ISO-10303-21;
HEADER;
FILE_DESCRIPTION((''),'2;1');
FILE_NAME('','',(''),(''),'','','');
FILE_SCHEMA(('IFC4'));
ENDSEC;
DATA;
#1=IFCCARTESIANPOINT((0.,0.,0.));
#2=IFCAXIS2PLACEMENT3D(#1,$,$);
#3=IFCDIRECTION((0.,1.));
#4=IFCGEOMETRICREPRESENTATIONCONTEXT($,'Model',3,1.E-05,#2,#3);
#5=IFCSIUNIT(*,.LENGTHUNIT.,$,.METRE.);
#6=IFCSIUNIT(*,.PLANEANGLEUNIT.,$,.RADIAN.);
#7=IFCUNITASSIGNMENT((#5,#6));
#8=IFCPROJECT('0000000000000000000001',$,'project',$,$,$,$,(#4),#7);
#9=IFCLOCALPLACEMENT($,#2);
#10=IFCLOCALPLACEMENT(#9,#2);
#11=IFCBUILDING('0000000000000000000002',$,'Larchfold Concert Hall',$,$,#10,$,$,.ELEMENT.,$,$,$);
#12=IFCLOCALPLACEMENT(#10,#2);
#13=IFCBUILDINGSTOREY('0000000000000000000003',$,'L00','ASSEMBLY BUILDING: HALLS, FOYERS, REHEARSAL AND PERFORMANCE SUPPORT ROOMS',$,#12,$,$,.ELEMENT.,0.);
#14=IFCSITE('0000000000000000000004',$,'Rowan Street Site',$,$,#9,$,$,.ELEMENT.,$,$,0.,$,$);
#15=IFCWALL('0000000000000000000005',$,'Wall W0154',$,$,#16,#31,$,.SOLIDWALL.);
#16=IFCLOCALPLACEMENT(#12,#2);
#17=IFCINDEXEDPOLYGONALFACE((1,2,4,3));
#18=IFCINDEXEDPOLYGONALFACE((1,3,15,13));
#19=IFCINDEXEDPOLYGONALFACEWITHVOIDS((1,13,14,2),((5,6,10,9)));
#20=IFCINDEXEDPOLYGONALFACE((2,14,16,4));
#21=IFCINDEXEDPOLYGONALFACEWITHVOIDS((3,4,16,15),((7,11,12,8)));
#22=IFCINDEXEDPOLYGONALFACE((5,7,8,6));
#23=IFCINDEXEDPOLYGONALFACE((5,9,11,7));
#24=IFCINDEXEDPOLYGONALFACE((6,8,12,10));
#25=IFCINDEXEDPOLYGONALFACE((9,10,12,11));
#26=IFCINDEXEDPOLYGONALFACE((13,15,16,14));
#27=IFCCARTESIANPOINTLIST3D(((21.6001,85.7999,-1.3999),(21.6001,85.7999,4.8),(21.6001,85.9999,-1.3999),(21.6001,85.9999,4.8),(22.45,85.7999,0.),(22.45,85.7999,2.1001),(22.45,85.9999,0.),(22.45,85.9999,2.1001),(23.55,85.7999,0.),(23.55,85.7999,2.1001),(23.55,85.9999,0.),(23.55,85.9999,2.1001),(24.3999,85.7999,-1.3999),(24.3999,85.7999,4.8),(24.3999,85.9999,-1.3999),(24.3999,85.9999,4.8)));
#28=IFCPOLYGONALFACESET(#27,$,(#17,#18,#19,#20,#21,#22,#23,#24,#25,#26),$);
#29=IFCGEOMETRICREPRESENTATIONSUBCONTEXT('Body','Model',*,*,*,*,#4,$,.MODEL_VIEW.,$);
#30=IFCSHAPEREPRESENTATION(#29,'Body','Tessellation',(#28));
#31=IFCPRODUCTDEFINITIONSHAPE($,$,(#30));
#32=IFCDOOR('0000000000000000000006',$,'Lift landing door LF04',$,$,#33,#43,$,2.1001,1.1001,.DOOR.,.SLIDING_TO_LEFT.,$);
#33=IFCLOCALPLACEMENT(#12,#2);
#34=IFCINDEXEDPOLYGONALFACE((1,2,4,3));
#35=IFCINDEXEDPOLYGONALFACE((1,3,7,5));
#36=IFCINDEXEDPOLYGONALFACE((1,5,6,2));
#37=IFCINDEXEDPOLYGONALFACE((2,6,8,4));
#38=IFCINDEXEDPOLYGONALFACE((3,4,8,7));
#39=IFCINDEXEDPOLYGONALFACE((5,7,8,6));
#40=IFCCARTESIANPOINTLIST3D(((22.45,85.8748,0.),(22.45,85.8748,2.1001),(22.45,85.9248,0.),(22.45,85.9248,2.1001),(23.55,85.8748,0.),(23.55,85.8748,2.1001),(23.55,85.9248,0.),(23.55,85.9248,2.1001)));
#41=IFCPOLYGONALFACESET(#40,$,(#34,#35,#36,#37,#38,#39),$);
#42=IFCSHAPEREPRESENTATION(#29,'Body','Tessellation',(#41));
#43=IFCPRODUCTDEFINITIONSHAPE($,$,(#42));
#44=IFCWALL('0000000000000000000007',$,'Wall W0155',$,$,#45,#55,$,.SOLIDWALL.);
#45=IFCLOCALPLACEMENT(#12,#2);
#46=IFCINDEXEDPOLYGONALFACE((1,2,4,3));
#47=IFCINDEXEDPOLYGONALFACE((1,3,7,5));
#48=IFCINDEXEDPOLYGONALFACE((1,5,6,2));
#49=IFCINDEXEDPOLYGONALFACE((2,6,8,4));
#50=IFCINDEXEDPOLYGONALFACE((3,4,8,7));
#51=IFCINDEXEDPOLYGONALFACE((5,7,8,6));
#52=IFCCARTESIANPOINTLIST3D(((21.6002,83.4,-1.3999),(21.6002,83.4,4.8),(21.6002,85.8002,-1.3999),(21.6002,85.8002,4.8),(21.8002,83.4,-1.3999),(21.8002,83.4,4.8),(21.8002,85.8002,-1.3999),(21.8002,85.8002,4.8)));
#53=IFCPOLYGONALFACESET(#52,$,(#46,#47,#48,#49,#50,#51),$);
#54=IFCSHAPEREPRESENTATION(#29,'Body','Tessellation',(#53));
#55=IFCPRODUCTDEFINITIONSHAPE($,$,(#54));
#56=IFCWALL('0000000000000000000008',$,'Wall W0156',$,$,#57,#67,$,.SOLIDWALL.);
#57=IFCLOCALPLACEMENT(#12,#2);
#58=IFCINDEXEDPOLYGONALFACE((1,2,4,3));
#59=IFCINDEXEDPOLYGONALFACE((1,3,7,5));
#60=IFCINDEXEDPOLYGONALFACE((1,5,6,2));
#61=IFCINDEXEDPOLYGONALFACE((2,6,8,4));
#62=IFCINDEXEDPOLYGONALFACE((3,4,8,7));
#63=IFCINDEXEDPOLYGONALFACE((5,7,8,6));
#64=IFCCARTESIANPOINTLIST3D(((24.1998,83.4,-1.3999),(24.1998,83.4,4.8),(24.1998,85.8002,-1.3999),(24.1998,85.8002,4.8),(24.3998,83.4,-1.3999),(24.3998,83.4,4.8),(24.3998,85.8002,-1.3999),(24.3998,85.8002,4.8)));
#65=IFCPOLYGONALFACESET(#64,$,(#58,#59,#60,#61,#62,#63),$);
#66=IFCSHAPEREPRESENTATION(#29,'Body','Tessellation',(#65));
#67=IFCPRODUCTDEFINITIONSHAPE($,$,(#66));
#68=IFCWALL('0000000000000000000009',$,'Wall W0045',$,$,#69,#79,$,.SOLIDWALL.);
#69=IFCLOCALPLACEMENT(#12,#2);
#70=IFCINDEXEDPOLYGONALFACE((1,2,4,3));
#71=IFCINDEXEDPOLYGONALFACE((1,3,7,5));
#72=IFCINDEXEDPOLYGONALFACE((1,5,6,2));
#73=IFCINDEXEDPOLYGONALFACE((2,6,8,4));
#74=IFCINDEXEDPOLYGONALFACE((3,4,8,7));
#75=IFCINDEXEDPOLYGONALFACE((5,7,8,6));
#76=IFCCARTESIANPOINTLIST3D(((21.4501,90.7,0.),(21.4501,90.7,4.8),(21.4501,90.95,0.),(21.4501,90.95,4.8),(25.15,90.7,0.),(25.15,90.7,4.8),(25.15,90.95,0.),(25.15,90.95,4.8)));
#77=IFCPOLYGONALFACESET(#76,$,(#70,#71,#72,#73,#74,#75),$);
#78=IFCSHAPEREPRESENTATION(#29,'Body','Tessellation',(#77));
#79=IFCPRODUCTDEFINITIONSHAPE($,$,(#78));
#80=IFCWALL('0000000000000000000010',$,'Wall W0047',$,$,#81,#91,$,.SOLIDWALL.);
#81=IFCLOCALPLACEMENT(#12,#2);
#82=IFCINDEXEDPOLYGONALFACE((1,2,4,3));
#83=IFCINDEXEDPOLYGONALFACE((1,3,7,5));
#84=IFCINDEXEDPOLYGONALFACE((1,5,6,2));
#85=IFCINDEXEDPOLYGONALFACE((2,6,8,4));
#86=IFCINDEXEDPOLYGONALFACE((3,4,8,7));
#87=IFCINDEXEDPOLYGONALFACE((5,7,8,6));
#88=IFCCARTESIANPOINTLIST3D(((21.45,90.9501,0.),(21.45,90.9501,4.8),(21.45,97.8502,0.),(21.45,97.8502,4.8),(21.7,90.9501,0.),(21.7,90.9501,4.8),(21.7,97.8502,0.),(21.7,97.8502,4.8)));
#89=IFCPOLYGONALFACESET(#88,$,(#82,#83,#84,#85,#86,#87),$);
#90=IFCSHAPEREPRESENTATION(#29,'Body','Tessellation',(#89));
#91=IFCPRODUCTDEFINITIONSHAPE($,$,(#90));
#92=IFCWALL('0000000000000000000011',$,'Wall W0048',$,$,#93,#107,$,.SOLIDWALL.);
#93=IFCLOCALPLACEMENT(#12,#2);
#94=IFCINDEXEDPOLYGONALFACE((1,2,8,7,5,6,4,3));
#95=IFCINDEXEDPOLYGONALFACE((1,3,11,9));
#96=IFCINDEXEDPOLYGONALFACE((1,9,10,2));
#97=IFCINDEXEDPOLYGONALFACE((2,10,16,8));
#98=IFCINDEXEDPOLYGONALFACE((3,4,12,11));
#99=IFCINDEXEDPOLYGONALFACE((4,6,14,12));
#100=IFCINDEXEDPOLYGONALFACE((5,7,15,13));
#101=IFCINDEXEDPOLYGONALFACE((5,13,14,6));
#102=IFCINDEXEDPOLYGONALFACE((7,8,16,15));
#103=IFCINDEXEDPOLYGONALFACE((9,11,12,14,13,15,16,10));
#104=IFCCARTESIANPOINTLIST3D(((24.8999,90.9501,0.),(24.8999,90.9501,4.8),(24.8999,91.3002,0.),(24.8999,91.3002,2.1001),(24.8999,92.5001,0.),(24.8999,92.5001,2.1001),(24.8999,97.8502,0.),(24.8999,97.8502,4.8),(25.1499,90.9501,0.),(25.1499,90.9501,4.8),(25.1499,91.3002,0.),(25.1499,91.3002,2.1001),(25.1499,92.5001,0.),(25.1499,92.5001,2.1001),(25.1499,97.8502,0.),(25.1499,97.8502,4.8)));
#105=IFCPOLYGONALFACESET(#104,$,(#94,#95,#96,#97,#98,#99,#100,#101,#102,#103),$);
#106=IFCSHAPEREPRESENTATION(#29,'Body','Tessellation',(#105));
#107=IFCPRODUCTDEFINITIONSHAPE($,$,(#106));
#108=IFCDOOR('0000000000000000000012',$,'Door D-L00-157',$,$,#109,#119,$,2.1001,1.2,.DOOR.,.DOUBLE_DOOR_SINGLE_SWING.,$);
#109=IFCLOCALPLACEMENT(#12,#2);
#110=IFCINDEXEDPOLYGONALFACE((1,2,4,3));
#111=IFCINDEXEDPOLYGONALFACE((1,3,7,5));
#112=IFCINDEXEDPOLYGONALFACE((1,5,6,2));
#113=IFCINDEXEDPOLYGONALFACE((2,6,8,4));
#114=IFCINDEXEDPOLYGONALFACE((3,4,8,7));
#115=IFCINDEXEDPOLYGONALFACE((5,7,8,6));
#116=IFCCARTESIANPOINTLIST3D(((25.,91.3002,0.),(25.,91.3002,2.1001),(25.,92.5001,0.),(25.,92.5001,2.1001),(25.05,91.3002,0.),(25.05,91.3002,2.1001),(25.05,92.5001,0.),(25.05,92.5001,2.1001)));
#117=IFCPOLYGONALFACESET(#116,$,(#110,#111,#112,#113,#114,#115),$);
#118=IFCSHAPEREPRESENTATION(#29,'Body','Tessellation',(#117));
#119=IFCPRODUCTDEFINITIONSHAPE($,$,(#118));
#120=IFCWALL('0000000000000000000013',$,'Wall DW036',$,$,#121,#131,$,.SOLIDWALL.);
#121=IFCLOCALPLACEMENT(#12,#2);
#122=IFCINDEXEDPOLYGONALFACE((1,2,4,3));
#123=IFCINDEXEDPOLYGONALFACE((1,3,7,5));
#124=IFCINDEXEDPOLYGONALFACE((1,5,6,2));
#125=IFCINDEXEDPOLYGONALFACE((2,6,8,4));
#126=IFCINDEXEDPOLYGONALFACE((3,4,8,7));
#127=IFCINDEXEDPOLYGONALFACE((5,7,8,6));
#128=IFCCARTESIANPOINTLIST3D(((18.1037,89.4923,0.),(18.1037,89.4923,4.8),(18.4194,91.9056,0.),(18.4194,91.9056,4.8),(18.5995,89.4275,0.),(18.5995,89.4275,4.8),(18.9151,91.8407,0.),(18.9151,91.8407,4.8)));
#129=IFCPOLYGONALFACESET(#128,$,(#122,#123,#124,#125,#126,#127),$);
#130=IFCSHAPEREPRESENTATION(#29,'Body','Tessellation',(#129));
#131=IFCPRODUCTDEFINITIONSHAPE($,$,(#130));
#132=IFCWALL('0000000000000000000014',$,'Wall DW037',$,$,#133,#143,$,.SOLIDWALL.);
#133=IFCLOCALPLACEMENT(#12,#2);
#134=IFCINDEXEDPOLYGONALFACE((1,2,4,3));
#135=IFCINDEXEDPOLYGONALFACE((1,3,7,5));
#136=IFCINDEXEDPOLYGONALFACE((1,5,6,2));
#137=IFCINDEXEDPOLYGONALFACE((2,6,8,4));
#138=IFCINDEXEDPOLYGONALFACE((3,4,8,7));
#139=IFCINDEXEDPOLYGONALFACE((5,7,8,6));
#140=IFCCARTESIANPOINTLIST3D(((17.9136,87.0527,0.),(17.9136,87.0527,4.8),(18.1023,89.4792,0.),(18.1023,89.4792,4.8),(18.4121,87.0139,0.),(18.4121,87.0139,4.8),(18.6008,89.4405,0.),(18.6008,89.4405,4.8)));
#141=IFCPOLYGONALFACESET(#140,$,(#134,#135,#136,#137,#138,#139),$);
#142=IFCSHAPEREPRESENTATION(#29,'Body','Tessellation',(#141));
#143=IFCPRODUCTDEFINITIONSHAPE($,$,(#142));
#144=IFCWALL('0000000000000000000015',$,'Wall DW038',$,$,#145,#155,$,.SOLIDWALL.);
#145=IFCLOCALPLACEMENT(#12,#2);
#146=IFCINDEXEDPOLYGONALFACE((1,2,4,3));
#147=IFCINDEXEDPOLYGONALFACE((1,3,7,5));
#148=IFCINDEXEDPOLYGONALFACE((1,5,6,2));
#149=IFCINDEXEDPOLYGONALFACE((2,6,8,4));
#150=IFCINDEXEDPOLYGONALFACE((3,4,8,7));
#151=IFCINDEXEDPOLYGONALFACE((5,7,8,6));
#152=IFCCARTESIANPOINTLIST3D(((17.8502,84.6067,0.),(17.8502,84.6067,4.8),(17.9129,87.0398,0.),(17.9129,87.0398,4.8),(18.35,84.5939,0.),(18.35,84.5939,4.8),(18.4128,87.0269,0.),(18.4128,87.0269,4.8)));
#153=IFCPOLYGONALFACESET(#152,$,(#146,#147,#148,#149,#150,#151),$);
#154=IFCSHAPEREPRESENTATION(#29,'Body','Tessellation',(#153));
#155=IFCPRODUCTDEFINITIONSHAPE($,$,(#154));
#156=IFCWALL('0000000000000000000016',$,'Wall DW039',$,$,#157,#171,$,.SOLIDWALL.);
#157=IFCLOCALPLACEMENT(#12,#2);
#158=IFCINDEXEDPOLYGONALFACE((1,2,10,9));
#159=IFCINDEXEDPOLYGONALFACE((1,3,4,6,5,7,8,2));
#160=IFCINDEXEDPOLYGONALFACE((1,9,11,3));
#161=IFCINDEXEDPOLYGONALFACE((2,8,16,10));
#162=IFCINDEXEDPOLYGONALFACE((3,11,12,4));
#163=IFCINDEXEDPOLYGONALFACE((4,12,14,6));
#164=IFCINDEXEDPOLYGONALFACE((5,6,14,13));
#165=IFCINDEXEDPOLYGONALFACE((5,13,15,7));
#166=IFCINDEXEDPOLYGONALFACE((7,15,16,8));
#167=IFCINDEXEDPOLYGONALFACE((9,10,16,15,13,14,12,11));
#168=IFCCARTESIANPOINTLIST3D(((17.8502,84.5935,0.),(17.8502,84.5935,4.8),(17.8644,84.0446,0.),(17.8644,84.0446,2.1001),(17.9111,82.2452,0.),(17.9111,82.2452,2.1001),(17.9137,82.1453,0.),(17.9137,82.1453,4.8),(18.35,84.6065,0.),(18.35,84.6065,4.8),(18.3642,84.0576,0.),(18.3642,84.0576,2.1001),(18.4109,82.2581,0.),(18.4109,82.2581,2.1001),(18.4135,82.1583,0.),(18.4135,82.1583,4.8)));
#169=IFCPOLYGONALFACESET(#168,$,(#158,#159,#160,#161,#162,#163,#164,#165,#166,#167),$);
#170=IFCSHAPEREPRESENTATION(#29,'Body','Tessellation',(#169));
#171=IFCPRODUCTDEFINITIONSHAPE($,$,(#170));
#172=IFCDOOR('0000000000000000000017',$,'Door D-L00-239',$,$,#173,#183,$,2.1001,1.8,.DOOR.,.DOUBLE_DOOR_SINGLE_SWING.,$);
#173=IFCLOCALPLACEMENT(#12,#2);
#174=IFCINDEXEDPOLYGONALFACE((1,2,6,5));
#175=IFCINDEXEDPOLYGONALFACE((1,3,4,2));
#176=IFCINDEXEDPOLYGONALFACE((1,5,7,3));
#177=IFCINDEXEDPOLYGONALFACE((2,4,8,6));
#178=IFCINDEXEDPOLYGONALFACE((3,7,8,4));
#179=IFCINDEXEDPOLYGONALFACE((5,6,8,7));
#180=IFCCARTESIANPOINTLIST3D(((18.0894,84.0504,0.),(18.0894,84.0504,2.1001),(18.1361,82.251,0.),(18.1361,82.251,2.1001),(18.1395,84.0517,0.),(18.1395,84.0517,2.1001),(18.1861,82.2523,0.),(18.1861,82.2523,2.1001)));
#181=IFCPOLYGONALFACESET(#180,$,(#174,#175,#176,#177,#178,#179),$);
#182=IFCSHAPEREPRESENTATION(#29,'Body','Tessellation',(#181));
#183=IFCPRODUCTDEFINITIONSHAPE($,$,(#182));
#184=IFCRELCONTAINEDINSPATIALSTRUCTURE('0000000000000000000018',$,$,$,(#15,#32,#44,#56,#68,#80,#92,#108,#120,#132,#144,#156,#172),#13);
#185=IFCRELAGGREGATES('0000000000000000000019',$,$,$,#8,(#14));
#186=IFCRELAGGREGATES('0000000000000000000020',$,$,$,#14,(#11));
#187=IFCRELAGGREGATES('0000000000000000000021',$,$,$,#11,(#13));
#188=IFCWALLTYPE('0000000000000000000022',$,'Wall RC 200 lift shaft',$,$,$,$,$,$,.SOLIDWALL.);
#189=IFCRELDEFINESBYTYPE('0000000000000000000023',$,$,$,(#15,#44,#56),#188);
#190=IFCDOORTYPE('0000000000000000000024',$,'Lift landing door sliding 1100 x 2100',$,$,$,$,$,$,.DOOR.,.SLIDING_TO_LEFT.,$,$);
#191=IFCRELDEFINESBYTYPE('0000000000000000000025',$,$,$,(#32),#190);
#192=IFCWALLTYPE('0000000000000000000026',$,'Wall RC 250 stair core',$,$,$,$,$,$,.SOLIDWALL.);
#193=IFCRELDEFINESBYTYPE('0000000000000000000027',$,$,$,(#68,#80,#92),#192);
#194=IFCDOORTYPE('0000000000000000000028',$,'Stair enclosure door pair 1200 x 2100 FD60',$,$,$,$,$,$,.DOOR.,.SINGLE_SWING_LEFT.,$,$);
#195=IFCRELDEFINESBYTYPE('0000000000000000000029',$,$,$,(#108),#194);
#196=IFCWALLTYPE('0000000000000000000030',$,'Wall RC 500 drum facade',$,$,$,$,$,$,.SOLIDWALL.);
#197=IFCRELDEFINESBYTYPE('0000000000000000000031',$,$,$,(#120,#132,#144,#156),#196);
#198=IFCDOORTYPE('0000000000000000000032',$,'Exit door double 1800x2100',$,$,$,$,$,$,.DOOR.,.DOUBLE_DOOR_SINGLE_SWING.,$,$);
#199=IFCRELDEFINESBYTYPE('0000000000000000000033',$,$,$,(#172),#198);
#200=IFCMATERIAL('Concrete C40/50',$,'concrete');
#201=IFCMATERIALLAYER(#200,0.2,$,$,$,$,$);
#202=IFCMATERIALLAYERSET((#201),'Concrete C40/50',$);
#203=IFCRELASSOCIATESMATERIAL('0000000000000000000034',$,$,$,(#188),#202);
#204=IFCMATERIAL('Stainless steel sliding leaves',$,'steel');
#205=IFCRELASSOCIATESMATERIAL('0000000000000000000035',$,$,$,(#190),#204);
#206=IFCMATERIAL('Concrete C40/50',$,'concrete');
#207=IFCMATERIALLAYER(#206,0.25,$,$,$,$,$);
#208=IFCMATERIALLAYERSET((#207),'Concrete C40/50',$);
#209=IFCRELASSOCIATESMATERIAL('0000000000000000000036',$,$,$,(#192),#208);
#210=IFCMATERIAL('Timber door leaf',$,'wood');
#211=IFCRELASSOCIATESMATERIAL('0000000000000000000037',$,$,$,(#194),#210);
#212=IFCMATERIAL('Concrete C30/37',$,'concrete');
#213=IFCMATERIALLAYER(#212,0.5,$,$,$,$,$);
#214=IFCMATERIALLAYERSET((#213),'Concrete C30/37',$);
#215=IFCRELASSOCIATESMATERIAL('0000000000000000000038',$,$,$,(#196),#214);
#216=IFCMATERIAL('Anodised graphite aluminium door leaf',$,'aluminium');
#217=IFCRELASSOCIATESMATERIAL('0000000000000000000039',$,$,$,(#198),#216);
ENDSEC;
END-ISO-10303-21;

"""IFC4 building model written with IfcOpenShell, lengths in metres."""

from ifc_helpers import new_model, si_unit, direction, frame, frame_2d, origin, place, context, subcontext, project, spatial, rectangle, extrude, material, layer, layer_set, type_object, element, fill, save


model = new_model("IFC4")

# Units and contexts
model_context = context("Model", 3, precision=1e-05, world=origin(), true_north=direction((0.0, 1.0)))
body_context = subcontext(model_context, "Body", "Model", "MODEL_VIEW")
ifc_project = project(units=[si_unit("LENGTHUNIT", "METRE"), si_unit("PLANEANGLEUNIT", "RADIAN")], contexts=[model_context])

# Site, building, storey
site_placement = place(None, origin())
site = spatial("IfcSite", under=ifc_project, at=site_placement, Name="Rowan Street Site", CompositionType="ELEMENT", RefElevation=0.0)
building_placement = place(site_placement, origin())
building = spatial("IfcBuilding", under=site, at=building_placement, Name="Larchfold Concert Hall", CompositionType="ELEMENT")
storey_placement = place(building_placement, origin())
storey = spatial("IfcBuildingStorey", under=building, at=storey_placement, Name="L00", Description="ASSEMBLY BUILDING: HALLS, FOYERS, REHEARSAL AND PERFORMANCE SUPPORT ROOMS", CompositionType="ELEMENT", Elevation=0.0)

# Shared definitions
ifc_material_1 = material(Name="Concrete C40/50", Category="concrete")
ifc_layer_1 = layer(ifc_material_1, 0.2)
ifc_layer_set_1 = layer_set([ifc_layer_1], Name="Concrete C40/50")
wall_type_1 = type_object("IfcWallType", Name="Wall RC 200 lift shaft", PredefinedType="SOLIDWALL", material=ifc_layer_set_1)

# Wall, opening, door
wall_1_placement = place(storey_placement, frame((21.6001, 85.8999, -1.3999), z_axis=(0.0, 0.0, 1.0), x_axis=(1.0, 0.0, 0.0)))
wall_1 = element("IfcWall", 1, at=wall_1_placement, inside=storey, type_object=wall_type_1, Name="Wall W0154", PredefinedType="SOLIDWALL", context=body_context, shape_type="SweptSolid", body=[
    extrude(rectangle(XDim=2.7998, YDim=0.2, at=frame_2d((1.3999, 0.0))), origin(), (0.0, 0.0, 1.0), 6.2),
])
opening_1_placement = place(wall_1_placement, frame((0.8499, 0.0, 1.3999)))
opening_1 = element("IfcOpeningElement", 2, at=opening_1_placement, cuts=wall_1, PredefinedType="OPENING", context=body_context, shape_type="SweptSolid", body=[
    extrude(rectangle(XDim=1.1001, YDim=2.1001, at=frame_2d((0.55, 1.05))), frame((0.0, 0.1099, 0.0), z_axis=(0.0, -1.0, 0.0), x_axis=(1.0, 0.0, 0.0)), (0.0, 0.0, 1.0), 0.22),
])
ifc_material_2 = material(Name="Stainless steel sliding leaves", Category="steel")
door_type_1 = type_object("IfcDoorType", Name="Lift landing door sliding 1100 x 2100", OperationType="SLIDING_TO_LEFT", PredefinedType="DOOR", material=ifc_material_2)
door_1_placement = place(opening_1_placement, origin())
door_1 = element("IfcDoor", 3, at=door_1_placement, inside=storey, type_object=door_type_1, Name="Lift landing door LF04", OperationType="SLIDING_TO_LEFT", OverallHeight=2.1001, OverallWidth=1.1001, PredefinedType="DOOR", context=body_context, shape_type="SweptSolid", body=[
    extrude(rectangle(XDim=1.1001, YDim=2.1001, at=frame_2d((0.55, 1.05))), frame((0.0, 0.0249, 0.0), z_axis=(0.0, -1.0, 0.0), x_axis=(1.0, 0.0, 0.0)), (0.0, 0.0, 1.0), 0.05),
])
fill(opening_1, door_1)

# Walls
for number, where, z_axis, x_axis, name in (
    (4, (21.7002, 83.3999, -1.3999), (0.0, 0.0, 1.0), (0.0, 1.0, 0.0), "Wall W0155"),
    (5, (24.2998, 83.3999, -1.3999), (0.0, 0.0, 1.0), (0.0, 1.0, 0.0), "Wall W0156"),
):
    element("IfcWall", number, at=place(storey_placement, frame(where, z_axis=z_axis, x_axis=x_axis)), inside=storey, type_object=wall_type_1, Name=name, PredefinedType="SOLIDWALL", context=body_context, shape_type="SweptSolid", body=[
        extrude(rectangle(XDim=2.4001, YDim=0.2, at=frame_2d((1.2002, 0.0))), origin(), (0.0, 0.0, 1.0), 6.2),
    ])
ifc_material_3 = material(Name="Concrete C40/50", Category="concrete")
ifc_layer_2 = layer(ifc_material_3, 0.25)
ifc_layer_set_2 = layer_set([ifc_layer_2], Name="Concrete C40/50")
wall_type_2 = type_object("IfcWallType", Name="Wall RC 250 stair core", PredefinedType="SOLIDWALL", material=ifc_layer_set_2)
wall_2_placement = place(storey_placement, frame((21.45, 90.825, 0.0), z_axis=(0.0, 0.0, 1.0), x_axis=(1.0, 0.0, 0.0)))
element("IfcWall", 6, at=wall_2_placement, inside=storey, type_object=wall_type_2, Name="Wall W0045", PredefinedType="SOLIDWALL", context=body_context, shape_type="SweptSolid", body=[
    extrude(rectangle(XDim=3.7, YDim=0.25, at=frame_2d((1.8501, 0.0))), origin(), (0.0, 0.0, 1.0), 4.8),
])
wall_3_placement = place(storey_placement, frame((21.575, 90.95, 0.0), z_axis=(0.0, 0.0, 1.0), x_axis=(0.0, 1.0, 0.0)))
element("IfcWall", 7, at=wall_3_placement, inside=storey, type_object=wall_type_2, Name="Wall W0047", PredefinedType="SOLIDWALL", context=body_context, shape_type="SweptSolid", body=[
    extrude(rectangle(XDim=6.9001, YDim=0.25, at=frame_2d((3.4502, 0.0))), origin(), (0.0, 0.0, 1.0), 4.8),
])

# Wall, opening, door
wall_4_placement = place(storey_placement, frame((25.0249, 90.95, 0.0), z_axis=(0.0, 0.0, 1.0), x_axis=(0.0, 1.0, 0.0)))
wall_4 = element("IfcWall", 8, at=wall_4_placement, inside=storey, type_object=wall_type_2, Name="Wall W0048", PredefinedType="SOLIDWALL", context=body_context, shape_type="SweptSolid", body=[
    extrude(rectangle(XDim=6.9001, YDim=0.25, at=frame_2d((3.4502, 0.0))), origin(), (0.0, 0.0, 1.0), 4.8),
])
opening_2_placement = place(wall_4_placement, frame((0.3501, 0.0, 0.0)))
opening_2 = element("IfcOpeningElement", 9, at=opening_2_placement, cuts=wall_4, PredefinedType="OPENING", context=body_context, shape_type="SweptSolid", body=[
    extrude(rectangle(XDim=1.2, YDim=2.1001, at=frame_2d((0.6001, 1.05))), frame((0.0, 0.135, 0.0), z_axis=(0.0, -1.0, 0.0), x_axis=(1.0, 0.0, 0.0)), (0.0, 0.0, 1.0), 0.27),
])
ifc_material_4 = material(Name="Timber door leaf", Category="wood")
door_type_2 = type_object("IfcDoorType", Name="Stair enclosure door pair 1200 x 2100 FD60", OperationType="SINGLE_SWING_LEFT", PredefinedType="DOOR", material=ifc_material_4)
door_2_placement = place(opening_2_placement, origin())
door_2 = element("IfcDoor", 10, at=door_2_placement, inside=storey, type_object=door_type_2, Name="Door D-L00-157", OperationType="DOUBLE_DOOR_SINGLE_SWING", OverallHeight=2.1001, OverallWidth=1.2, PredefinedType="DOOR", context=body_context, shape_type="SweptSolid", body=[
    extrude(rectangle(XDim=1.2, YDim=2.1001, at=frame_2d((0.6001, 1.05))), frame((0.0, 0.0249, 0.0), z_axis=(0.0, -1.0, 0.0), x_axis=(1.0, 0.0, 0.0)), (0.0, 0.0, 1.0), 0.05),
])
fill(opening_2, door_2)

# Walls
ifc_material_5 = material(Name="Concrete C30/37", Category="concrete")
ifc_layer_3 = layer(ifc_material_5, 0.5)
ifc_layer_set_3 = layer_set([ifc_layer_3], Name="Concrete C30/37")
wall_type_3 = type_object("IfcWallType", Name="Wall RC 500 drum facade", PredefinedType="SOLIDWALL", material=ifc_layer_set_3)
for number, where, z_axis, x_axis, name in (
    (11, (18.6672, 91.873, 0.0), (0.0, 0.0, 1.0), (-0.129699, -0.991553, 0.0), "Wall DW036"),
    (12, (18.3516, 89.4597, 0.0), (0.0, 0.0, 1.0), (-0.07754, -0.996989, 0.0), "Wall DW037"),
    (13, (18.1628, 87.0332, 0.0), (0.0, 0.0, 1.0), (-0.025779, -0.999668, 0.0), "Wall DW038"),
):
    element("IfcWall", number, at=place(storey_placement, frame(where, z_axis=z_axis, x_axis=x_axis)), inside=storey, type_object=wall_type_3, Name=name, PredefinedType="SOLIDWALL", context=body_context, shape_type="SweptSolid", body=[
        extrude(rectangle(XDim=2.4338, YDim=0.5, at=frame_2d((1.2168, 0.0))), origin(), (0.0, 0.0, 1.0), 4.8),
    ])

# Wall, opening, door
wall_5_placement = place(storey_placement, frame((18.1001, 84.6001, 0.0), z_axis=(0.0, 0.0, 1.0), x_axis=(0.025919, -0.999664, 0.0)))
wall_5 = element("IfcWall", 14, at=wall_5_placement, inside=storey, type_object=wall_type_3, Name="Wall DW039", PredefinedType="SOLIDWALL", context=body_context, shape_type="SweptSolid", body=[
    extrude(rectangle(XDim=2.449, YDim=0.5, at=frame_2d((1.2246, 0.0))), origin(), (0.0, 0.0, 1.0), 4.8),
])
opening_3_placement = place(wall_5_placement, frame((2.3491, 0.0, 0.0), z_axis=(0.0, 0.0, 1.0), x_axis=(-1.0, 0.0, 0.0)))
opening_3 = element("IfcOpeningElement", 15, at=opening_3_placement, cuts=wall_5, PredefinedType="OPENING", context=body_context, shape_type="SweptSolid", body=[
    extrude(rectangle(XDim=1.8, YDim=2.1001, at=frame_2d((0.8999, 1.05))), frame((0.0, 0.26, 0.0), z_axis=(0.0, -1.0, 0.0), x_axis=(1.0, 0.0, 0.0)), (0.0, 0.0, 1.0), 0.52),
])
ifc_material_6 = material(Name="Anodised graphite aluminium door leaf", Category="aluminium")
door_type_3 = type_object("IfcDoorType", Name="Exit door double 1800x2100", OperationType="DOUBLE_DOOR_SINGLE_SWING", PredefinedType="DOOR", material=ifc_material_6)
door_3_placement = place(opening_3_placement, origin())
door_3 = element("IfcDoor", 16, at=door_3_placement, inside=storey, type_object=door_type_3, Name="Door D-L00-239", OperationType="DOUBLE_DOOR_SINGLE_SWING", OverallHeight=2.1001, OverallWidth=1.8, PredefinedType="DOOR", context=body_context, shape_type="SweptSolid", body=[
    extrude(rectangle(XDim=1.8, YDim=2.1001, at=frame_2d((0.8999, 1.05))), frame((0.0, 0.0249, 0.0), z_axis=(0.0, -1.0, 0.0), x_axis=(1.0, 0.0, 0.0)), (0.0, 0.0, 1.0), 0.05),
])
fill(opening_3, door_3)

save(model, "model.ifc")
